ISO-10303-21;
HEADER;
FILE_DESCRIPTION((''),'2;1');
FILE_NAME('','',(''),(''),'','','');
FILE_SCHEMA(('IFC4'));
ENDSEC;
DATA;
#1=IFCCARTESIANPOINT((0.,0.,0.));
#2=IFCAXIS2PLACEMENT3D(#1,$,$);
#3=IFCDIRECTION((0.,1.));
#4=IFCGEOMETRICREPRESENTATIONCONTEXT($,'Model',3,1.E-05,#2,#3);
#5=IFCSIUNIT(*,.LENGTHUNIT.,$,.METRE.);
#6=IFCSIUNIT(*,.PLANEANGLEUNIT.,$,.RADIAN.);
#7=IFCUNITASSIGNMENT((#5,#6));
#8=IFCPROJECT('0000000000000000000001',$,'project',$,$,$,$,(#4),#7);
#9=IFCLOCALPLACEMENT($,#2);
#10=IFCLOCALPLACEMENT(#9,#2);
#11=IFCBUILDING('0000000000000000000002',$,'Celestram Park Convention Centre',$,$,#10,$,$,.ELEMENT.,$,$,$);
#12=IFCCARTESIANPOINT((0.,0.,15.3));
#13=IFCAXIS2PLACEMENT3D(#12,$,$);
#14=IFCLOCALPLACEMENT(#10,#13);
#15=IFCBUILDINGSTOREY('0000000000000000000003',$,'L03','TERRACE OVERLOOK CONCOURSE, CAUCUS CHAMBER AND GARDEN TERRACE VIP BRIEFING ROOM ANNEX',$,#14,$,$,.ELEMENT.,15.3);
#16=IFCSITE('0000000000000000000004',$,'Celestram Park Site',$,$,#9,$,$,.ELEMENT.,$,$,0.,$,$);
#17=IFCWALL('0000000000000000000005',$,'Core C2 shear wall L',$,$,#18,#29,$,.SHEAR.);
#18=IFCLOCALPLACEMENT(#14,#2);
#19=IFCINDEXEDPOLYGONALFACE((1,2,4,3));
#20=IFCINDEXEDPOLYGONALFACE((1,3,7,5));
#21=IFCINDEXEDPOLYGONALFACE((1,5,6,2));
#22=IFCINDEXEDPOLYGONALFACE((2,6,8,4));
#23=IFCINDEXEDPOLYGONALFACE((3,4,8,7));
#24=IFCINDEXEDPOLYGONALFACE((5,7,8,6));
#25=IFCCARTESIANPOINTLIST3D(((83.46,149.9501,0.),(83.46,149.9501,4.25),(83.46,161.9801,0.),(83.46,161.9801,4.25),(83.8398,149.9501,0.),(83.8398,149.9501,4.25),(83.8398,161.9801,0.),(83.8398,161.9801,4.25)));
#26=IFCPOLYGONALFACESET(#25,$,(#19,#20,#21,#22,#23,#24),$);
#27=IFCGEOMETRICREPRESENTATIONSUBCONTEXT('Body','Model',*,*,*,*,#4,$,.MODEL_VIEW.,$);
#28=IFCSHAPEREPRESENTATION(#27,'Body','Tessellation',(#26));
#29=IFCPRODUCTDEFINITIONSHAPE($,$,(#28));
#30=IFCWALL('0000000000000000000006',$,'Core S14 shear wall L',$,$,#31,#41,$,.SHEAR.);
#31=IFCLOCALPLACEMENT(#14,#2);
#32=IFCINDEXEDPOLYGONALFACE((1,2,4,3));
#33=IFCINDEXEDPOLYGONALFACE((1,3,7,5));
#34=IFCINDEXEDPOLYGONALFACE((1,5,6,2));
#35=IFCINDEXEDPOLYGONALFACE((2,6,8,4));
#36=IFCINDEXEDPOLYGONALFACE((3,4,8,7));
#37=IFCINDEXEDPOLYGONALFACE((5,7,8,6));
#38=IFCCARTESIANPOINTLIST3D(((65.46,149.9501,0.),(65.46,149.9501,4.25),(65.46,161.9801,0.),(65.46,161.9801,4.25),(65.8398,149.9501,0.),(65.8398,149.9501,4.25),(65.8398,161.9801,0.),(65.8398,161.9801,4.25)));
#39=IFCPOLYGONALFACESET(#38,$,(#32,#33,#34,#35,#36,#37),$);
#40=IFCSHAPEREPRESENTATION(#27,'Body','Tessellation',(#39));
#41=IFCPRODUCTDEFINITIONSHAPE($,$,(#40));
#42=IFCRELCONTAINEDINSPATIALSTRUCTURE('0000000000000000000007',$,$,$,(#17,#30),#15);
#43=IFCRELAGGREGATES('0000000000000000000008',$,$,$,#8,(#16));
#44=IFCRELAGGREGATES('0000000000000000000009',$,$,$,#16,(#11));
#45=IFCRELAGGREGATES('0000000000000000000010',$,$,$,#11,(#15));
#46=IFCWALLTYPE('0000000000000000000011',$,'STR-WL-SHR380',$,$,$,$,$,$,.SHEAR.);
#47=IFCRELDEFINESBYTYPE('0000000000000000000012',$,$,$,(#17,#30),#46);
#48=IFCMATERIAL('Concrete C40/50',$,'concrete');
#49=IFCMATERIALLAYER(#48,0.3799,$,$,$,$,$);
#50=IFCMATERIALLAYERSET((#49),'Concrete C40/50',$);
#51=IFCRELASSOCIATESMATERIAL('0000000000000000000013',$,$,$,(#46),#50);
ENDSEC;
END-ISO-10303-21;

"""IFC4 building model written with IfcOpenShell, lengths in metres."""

from ifc_helpers import new_model, si_unit, direction, frame, frame_2d, origin, place, context, subcontext, project, spatial, rectangle, extrude, material, layer, layer_set, type_object, element, save


model = new_model("IFC4")

# Units and contexts
model_context = context("Model", 3, precision=1e-05, world=origin(), true_north=direction((0.0, 1.0)))
body_context = subcontext(model_context, "Body", "Model", "MODEL_VIEW")
ifc_project = project(units=[si_unit("LENGTHUNIT", "METRE"), si_unit("PLANEANGLEUNIT", "RADIAN")], contexts=[model_context])

# Site, building, storey
site_placement = place(None, origin())
site = spatial("IfcSite", under=ifc_project, at=site_placement, Name="Celestram Park Site", CompositionType="ELEMENT", RefElevation=0.0)
building_placement = place(site_placement, origin())
building = spatial("IfcBuilding", under=site, at=building_placement, Name="Celestram Park Convention Centre", CompositionType="ELEMENT")
storey_placement = place(building_placement, frame((0.0, 0.0, 15.3)))
storey = spatial("IfcBuildingStorey", under=building, at=storey_placement, Name="L03", Description="TERRACE OVERLOOK CONCOURSE, CAUCUS CHAMBER AND GARDEN TERRACE VIP BRIEFING ROOM ANNEX", CompositionType="ELEMENT", Elevation=15.3)

# Shared definitions
ifc_material_1 = material(Name="Concrete C40/50", Category="concrete")

# Walls
ifc_layer_1 = layer(ifc_material_1, 0.3799)
ifc_layer_set_1 = layer_set([ifc_layer_1], Name="Concrete C40/50")
wall_type_1 = type_object("IfcWallType", Name="STR-WL-SHR380", PredefinedType="SHEAR", material=ifc_layer_set_1)
for number, where, z_axis, x_axis, name in (
    (1, (83.6499, 149.95, 0.0), (0.0, 0.0, 1.0), (0.0, 1.0, 0.0), "Core C2 shear wall L"),
    (2, (65.6499, 149.95, 0.0), (0.0, 0.0, 1.0), (0.0, 1.0, 0.0), "Core S14 shear wall L"),
):
    element("IfcWall", number, at=place(storey_placement, frame(where, z_axis=z_axis, x_axis=x_axis)), inside=storey, type_object=wall_type_1, Name=name, PredefinedType="SHEAR", context=body_context, shape_type="SweptSolid", body=[
        extrude(rectangle(XDim=12.03, YDim=0.3799, at=frame_2d((6.0151, 0.0))), origin(), (0.0, 0.0, 1.0), 4.25),
    ])

save(model, "model.ifc")
